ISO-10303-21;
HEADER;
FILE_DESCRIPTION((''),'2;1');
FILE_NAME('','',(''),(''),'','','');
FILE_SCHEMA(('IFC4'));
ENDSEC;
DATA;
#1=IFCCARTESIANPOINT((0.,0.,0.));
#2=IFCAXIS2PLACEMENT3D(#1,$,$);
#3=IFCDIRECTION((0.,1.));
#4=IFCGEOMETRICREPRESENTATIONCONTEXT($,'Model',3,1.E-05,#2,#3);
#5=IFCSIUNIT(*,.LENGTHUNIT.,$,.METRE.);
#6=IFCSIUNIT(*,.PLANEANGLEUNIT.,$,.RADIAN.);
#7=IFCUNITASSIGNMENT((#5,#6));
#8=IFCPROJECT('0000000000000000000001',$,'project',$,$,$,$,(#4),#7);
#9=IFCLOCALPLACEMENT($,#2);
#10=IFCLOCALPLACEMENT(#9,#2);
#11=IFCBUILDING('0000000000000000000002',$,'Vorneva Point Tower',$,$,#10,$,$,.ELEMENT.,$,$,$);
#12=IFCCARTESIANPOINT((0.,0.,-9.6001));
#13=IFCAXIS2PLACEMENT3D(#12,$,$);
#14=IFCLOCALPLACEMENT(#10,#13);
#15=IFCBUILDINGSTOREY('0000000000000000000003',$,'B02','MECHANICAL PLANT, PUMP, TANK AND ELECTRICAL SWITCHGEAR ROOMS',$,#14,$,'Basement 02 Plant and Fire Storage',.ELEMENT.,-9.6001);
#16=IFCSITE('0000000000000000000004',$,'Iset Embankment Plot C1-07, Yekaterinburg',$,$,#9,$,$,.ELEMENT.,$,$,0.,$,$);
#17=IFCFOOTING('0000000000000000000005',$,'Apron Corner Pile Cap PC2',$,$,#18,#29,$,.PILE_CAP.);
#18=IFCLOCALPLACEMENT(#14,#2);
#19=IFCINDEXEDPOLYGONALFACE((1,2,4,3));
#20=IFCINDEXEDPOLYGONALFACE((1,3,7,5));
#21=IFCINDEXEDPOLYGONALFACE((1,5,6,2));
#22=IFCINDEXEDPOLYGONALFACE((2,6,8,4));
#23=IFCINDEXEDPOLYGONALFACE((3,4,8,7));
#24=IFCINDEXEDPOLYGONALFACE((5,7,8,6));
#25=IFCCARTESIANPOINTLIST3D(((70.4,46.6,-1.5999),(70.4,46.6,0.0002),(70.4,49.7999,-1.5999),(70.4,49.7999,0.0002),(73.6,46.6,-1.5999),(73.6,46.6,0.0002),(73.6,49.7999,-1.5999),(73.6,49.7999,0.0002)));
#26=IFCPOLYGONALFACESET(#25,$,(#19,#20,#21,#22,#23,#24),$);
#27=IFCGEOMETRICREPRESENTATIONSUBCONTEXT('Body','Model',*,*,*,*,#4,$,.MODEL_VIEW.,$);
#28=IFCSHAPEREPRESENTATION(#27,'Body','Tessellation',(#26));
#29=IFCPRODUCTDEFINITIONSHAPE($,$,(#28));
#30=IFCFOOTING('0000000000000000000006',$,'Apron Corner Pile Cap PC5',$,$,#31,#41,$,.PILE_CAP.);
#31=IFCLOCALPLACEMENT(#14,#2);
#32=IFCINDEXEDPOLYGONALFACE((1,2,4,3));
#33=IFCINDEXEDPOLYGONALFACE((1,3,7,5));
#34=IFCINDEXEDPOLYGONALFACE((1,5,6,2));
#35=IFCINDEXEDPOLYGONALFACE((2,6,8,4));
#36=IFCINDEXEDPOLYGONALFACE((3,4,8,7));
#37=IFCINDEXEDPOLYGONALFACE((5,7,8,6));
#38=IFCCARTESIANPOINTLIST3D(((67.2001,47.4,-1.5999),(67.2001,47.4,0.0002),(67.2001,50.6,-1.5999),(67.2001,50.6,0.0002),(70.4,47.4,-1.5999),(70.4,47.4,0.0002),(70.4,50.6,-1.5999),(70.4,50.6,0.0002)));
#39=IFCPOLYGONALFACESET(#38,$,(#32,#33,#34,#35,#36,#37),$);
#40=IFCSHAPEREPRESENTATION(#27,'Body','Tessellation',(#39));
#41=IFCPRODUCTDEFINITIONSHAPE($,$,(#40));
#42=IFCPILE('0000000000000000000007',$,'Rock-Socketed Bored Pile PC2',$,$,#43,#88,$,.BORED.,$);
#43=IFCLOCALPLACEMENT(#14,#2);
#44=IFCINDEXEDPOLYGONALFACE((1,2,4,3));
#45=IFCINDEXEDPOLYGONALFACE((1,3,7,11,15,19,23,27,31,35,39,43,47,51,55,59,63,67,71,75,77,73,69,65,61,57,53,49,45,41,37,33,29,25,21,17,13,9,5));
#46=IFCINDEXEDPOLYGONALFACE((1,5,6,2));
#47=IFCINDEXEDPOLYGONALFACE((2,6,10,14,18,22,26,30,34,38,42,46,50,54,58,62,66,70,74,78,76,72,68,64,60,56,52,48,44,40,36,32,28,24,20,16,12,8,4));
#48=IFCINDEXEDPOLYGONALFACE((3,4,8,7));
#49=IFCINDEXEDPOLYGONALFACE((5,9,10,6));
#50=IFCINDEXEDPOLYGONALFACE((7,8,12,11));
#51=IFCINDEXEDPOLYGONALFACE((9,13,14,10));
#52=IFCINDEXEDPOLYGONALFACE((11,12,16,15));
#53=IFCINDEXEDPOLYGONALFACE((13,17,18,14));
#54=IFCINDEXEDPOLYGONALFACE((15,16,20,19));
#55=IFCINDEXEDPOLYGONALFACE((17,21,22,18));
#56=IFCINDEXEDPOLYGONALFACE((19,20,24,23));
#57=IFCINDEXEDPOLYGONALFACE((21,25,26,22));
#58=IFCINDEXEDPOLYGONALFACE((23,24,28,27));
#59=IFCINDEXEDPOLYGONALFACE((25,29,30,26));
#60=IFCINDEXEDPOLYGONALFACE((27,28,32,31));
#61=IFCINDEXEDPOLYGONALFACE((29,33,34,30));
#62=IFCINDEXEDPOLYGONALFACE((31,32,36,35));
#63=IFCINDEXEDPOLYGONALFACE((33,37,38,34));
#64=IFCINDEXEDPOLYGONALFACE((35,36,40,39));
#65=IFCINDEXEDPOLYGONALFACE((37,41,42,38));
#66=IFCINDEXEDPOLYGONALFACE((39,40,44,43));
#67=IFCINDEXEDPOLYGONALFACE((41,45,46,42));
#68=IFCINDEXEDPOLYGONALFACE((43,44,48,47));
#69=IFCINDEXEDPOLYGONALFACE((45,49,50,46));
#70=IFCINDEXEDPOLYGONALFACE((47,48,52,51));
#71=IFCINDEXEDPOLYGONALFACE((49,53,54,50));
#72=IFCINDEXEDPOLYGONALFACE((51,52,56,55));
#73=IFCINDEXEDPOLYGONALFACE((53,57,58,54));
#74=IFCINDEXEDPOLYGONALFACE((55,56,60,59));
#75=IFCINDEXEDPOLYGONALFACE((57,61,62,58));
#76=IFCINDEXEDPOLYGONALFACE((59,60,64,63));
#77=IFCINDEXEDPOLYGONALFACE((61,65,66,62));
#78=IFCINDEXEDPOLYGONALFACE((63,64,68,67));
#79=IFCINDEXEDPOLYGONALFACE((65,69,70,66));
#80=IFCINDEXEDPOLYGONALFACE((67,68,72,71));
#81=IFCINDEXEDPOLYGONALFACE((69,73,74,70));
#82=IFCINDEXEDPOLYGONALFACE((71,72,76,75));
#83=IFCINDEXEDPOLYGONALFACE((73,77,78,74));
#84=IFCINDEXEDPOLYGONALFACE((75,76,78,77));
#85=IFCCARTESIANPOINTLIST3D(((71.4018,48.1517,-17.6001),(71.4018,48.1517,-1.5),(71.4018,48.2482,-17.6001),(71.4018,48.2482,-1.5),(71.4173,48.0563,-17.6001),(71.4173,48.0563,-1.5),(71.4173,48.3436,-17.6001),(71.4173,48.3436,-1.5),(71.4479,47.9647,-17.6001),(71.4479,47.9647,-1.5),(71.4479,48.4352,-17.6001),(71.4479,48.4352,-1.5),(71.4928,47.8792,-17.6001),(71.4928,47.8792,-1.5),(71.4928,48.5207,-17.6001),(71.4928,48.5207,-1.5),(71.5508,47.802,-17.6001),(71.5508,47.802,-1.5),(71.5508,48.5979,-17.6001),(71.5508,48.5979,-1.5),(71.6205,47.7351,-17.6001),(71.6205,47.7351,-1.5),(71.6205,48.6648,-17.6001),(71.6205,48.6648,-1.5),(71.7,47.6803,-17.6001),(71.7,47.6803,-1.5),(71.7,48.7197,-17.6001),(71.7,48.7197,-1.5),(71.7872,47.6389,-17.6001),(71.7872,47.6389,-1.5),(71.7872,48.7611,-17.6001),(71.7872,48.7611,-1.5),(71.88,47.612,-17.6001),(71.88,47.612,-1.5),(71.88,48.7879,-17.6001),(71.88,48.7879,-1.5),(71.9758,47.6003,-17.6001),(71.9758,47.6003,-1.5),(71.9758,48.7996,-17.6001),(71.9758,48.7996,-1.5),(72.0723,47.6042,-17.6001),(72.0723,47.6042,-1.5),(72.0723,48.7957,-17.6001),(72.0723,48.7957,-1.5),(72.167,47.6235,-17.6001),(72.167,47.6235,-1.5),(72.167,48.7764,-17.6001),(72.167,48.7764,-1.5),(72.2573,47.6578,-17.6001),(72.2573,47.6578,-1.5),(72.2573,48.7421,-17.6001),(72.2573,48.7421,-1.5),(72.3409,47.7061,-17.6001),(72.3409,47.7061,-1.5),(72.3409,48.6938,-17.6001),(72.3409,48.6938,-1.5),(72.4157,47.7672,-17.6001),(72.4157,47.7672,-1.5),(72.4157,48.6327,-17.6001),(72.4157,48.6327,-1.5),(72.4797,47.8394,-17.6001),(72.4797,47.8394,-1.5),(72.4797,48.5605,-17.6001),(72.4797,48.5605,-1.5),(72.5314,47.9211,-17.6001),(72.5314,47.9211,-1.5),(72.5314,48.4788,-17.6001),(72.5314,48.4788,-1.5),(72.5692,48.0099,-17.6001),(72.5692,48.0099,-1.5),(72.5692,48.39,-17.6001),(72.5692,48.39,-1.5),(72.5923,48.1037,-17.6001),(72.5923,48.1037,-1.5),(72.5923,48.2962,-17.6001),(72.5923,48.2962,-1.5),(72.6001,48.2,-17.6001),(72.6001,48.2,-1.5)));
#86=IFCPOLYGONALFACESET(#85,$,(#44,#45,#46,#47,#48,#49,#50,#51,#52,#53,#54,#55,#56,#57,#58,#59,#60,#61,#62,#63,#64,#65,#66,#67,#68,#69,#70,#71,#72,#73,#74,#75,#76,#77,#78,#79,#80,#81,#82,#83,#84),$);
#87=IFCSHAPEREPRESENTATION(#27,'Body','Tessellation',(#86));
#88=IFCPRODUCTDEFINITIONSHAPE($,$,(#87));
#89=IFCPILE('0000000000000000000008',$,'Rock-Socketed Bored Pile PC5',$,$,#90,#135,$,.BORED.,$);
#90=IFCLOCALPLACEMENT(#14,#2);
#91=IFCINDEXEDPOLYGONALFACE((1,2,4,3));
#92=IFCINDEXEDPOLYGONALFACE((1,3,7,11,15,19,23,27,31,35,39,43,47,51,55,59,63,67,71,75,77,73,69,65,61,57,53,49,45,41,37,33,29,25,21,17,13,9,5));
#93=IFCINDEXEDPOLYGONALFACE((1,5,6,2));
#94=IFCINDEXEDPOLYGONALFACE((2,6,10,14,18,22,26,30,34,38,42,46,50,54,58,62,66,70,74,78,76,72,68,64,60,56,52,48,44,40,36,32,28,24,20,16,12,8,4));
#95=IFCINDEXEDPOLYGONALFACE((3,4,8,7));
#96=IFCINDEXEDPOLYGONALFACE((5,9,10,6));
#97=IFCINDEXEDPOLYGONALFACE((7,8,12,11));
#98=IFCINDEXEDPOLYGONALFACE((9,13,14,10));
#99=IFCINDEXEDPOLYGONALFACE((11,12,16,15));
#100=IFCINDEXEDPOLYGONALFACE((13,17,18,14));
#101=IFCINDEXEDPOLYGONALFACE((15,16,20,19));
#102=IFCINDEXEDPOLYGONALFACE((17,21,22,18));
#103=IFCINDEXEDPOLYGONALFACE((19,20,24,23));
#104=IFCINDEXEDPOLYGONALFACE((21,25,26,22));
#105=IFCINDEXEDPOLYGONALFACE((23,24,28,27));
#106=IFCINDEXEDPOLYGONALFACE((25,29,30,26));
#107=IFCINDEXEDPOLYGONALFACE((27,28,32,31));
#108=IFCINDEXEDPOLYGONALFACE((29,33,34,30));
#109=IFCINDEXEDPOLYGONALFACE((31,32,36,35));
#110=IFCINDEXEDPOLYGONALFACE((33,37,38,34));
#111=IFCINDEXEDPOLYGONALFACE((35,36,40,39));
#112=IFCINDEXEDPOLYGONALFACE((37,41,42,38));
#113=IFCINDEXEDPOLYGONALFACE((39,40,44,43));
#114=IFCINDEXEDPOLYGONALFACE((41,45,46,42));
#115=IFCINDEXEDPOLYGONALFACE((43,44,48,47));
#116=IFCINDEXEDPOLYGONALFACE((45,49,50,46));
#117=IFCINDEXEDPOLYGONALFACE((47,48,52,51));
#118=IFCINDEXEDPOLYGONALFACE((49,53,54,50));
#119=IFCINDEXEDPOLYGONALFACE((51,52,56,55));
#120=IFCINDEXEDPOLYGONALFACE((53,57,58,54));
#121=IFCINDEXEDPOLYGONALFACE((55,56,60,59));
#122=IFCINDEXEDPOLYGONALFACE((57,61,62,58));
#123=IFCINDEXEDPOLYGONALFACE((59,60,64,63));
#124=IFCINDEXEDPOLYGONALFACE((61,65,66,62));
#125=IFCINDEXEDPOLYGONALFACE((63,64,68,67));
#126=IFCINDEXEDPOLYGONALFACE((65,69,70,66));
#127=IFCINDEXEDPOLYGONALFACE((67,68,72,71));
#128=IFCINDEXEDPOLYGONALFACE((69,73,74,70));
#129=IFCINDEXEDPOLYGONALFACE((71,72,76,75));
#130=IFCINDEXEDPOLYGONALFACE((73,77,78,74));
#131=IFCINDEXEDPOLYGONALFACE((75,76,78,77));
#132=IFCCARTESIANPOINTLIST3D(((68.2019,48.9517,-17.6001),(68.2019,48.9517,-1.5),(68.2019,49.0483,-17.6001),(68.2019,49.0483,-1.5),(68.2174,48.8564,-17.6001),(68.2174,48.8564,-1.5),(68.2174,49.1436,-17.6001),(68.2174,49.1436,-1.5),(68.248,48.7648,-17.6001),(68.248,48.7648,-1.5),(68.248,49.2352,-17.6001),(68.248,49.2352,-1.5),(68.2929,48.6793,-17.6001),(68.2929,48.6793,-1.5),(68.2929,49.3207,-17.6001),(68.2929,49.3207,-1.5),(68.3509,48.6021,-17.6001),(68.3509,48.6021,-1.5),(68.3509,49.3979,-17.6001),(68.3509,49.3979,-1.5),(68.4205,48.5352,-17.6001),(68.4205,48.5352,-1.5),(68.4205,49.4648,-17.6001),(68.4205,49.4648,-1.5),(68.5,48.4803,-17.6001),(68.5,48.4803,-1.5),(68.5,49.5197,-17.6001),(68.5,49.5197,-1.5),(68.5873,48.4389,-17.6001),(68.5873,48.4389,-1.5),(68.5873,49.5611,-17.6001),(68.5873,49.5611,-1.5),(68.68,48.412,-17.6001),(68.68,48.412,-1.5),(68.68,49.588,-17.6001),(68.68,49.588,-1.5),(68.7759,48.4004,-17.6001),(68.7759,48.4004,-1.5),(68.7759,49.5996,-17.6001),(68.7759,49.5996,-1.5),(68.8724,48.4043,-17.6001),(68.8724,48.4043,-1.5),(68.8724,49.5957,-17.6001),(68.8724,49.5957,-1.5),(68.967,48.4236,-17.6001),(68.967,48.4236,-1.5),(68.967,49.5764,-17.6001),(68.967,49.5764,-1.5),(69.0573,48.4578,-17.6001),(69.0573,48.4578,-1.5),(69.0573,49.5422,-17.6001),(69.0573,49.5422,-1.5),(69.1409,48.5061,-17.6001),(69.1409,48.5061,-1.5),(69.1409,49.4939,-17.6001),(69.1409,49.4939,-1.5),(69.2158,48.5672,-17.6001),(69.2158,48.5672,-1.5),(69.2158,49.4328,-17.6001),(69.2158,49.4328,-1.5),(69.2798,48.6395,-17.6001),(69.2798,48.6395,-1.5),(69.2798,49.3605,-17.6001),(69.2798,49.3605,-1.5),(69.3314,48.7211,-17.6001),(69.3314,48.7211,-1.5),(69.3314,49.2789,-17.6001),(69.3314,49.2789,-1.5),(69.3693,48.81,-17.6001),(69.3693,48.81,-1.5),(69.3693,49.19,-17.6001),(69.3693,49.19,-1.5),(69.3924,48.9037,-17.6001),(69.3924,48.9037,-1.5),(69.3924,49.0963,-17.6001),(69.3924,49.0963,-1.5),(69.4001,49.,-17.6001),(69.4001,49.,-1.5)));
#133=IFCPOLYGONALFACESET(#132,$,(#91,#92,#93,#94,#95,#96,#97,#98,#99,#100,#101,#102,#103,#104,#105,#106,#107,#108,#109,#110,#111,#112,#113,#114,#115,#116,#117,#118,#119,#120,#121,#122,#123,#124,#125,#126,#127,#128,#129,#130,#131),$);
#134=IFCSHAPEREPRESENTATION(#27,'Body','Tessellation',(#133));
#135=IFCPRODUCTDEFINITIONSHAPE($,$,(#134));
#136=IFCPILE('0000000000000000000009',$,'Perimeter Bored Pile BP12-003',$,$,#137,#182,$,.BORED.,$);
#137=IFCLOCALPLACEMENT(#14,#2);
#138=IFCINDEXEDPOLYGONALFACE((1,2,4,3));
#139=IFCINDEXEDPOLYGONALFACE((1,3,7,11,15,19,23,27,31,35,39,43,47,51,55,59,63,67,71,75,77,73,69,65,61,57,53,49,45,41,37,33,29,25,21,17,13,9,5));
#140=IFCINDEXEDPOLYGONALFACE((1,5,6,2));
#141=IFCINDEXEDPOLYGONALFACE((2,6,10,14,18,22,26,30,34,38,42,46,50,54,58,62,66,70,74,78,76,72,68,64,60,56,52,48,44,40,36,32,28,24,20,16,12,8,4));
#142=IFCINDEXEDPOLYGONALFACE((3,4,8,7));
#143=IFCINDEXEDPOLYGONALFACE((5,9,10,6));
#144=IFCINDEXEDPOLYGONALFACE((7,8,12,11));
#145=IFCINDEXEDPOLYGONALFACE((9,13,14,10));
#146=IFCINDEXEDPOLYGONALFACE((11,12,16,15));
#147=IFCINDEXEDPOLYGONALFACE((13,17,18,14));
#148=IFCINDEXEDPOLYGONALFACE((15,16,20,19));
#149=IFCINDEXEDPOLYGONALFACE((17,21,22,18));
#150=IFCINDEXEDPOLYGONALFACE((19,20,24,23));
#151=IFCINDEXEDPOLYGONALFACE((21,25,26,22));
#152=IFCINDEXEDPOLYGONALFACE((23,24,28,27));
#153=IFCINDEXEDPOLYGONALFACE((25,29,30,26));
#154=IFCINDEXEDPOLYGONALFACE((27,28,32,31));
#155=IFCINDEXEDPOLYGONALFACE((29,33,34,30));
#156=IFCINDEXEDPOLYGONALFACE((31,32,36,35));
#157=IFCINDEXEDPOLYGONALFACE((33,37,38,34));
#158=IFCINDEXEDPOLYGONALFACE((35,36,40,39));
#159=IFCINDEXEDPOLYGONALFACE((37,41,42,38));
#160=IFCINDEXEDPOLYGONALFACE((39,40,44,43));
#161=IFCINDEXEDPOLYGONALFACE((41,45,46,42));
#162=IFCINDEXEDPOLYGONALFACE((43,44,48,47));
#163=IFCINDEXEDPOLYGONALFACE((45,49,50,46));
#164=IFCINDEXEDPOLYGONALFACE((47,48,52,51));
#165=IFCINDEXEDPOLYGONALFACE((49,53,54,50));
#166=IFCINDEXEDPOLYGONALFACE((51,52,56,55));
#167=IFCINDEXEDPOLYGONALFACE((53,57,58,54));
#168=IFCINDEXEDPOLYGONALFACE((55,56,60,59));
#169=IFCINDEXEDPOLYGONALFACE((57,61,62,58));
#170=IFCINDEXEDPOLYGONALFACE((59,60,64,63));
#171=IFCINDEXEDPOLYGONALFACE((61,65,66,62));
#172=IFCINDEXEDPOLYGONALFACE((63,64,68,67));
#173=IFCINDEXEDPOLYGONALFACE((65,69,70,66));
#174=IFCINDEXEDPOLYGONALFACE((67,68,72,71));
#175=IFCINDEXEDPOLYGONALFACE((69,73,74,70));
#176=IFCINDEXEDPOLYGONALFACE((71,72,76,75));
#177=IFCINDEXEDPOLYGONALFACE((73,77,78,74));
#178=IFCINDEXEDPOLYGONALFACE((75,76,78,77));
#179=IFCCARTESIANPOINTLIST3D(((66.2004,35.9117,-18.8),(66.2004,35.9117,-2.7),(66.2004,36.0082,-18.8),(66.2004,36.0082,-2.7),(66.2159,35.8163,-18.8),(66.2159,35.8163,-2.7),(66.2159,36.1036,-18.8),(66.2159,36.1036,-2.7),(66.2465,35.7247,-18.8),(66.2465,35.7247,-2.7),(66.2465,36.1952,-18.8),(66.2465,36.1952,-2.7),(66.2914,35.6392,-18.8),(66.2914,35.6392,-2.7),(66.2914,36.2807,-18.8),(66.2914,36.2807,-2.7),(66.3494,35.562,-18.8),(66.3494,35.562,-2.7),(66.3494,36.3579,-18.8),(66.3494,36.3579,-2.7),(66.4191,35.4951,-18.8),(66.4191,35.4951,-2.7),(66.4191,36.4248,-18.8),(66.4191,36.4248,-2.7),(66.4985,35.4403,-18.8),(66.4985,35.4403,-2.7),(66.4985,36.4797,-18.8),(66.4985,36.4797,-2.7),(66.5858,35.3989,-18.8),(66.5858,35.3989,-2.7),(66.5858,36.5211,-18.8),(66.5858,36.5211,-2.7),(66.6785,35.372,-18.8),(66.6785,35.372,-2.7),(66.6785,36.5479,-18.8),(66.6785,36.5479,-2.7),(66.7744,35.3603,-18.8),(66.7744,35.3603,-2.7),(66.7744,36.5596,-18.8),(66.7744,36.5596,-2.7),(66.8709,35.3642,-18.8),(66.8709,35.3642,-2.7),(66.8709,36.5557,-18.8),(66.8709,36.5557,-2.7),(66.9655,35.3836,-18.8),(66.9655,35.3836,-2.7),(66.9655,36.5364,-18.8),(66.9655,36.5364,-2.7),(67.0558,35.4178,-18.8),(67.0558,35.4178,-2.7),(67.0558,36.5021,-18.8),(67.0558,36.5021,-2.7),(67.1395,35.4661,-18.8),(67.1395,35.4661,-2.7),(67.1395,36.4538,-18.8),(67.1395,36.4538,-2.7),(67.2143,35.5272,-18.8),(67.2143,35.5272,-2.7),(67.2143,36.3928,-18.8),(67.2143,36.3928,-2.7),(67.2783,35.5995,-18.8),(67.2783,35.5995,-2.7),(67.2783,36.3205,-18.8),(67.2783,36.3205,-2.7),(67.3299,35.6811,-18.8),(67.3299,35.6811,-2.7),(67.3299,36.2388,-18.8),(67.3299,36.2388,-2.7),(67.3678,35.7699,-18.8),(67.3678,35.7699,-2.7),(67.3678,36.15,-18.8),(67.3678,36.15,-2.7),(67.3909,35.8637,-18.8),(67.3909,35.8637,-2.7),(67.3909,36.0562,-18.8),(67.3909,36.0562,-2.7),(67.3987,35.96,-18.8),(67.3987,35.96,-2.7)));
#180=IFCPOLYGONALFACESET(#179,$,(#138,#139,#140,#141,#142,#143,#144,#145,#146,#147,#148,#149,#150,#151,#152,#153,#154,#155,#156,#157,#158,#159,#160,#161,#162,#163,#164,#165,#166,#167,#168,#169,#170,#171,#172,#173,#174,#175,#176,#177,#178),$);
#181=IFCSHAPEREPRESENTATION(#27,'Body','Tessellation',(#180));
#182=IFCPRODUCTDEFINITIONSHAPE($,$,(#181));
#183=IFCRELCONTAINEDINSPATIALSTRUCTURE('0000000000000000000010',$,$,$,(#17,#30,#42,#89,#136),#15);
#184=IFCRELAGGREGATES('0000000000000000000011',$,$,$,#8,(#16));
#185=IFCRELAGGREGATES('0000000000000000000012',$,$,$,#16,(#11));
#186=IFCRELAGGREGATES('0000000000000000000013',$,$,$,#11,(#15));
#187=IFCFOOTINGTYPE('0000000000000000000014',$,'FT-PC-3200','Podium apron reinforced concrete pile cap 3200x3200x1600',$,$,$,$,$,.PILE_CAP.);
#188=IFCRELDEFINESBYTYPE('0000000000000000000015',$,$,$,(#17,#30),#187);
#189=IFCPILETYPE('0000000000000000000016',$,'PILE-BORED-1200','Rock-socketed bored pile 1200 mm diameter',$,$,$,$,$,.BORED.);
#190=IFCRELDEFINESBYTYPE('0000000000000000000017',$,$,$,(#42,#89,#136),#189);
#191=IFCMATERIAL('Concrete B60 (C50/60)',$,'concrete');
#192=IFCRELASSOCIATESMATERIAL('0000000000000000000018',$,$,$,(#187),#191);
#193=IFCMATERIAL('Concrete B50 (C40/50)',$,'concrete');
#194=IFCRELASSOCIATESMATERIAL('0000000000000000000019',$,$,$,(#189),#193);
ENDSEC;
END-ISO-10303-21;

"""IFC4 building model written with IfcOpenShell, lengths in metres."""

from ifc_helpers import new_model, si_unit, direction, frame, origin, origin_2d, place, context, subcontext, project, spatial, rectangle, circle, extrude, material, material_profile, profile_set, type_object, element, save


model = new_model("IFC4")

# Units and contexts
model_context = context("Model", 3, precision=1e-05, world=origin(), true_north=direction((0.0, 1.0)))
body_context = subcontext(model_context, "Body", "Model", "MODEL_VIEW")
ifc_project = project(units=[si_unit("LENGTHUNIT", "METRE"), si_unit("PLANEANGLEUNIT", "RADIAN")], contexts=[model_context])

# Site, building, storey
site_placement = place(None, origin())
site = spatial("IfcSite", under=ifc_project, at=site_placement, Name="Iset Embankment Plot C1-07, Yekaterinburg", CompositionType="ELEMENT", RefElevation=0.0)
building_placement = place(site_placement, origin())
building = spatial("IfcBuilding", under=site, at=building_placement, Name="Vorneva Point Tower", CompositionType="ELEMENT")
storey_placement = place(building_placement, frame((0.0, 0.0, -9.6001)))
storey = spatial("IfcBuildingStorey", under=building, at=storey_placement, Name="B02", Description="MECHANICAL PLANT, PUMP, TANK AND ELECTRICAL SWITCHGEAR ROOMS", LongName="Basement 02 Plant and Fire Storage", CompositionType="ELEMENT", Elevation=-9.6001)

# Footings
ifc_material_1 = material(Name="Concrete B60 (C50/60)", Category="concrete")
footing_type = type_object("IfcFootingType", Name="FT-PC-3200", Description="Podium apron reinforced concrete pile cap 3200x3200x1600", PredefinedType="PILE_CAP", material=ifc_material_1)
for number, where, z_axis, x_axis, name in (
    (1, (72.0, 48.2, -1.5999), (0.0, 0.0, 1.0), (1.0, 0.0, 0.0), "Apron Corner Pile Cap PC2"),
    (2, (68.8, 49.0, -1.5999), (0.0, 0.0, 1.0), (1.0, 0.0, 0.0), "Apron Corner Pile Cap PC5"),
):
    element("IfcFooting", number, at=place(storey_placement, frame(where, z_axis=z_axis, x_axis=x_axis)), inside=storey, type_object=footing_type, Name=name, PredefinedType="PILE_CAP", context=body_context, shape_type="SweptSolid", body=[
        extrude(rectangle(XDim=3.2, YDim=3.2, at=origin_2d()), origin(), (0.0, 0.0, 1.0), 1.6001),
    ])

# Piles
ifc_material_2 = material(Name="Concrete B50 (C40/50)", Category="concrete")
ifc_material_profile_1 = material_profile(ifc_material_2, circle(Radius=0.6001, at=origin_2d()), Name="PILE-1200")
ifc_profile_set_1 = profile_set([ifc_material_profile_1], Name="Concrete B50 (C40/50)")
pile_type_1 = type_object("IfcPileType", Name="PILE-BORED-1200", Description="Rock-socketed bored pile 1200 mm diameter", PredefinedType="BORED", material=ifc_profile_set_1)
for number, where, z_axis, x_axis, name in (
    (3, (72.0, 48.2, -1.5), (0.0, 0.0, -1.0), (1.0, 0.0, 0.0), "Rock-Socketed Bored Pile PC2"),
    (4, (68.8, 49.0, -1.5), (0.0, 0.0, -1.0), (1.0, 0.0, 0.0), "Rock-Socketed Bored Pile PC5"),
    (5, (66.7986, 35.96, -2.7), (0.0, 0.0, -1.0), (1.0, 0.0, 0.0), "Perimeter Bored Pile BP12-003"),
):
    element("IfcPile", number, at=place(storey_placement, frame(where, z_axis=z_axis, x_axis=x_axis)), inside=storey, type_object=pile_type_1, Name=name, PredefinedType="BORED", context=body_context, shape_type="SweptSolid", body=[
        extrude(circle(Radius=0.6001, at=origin_2d()), origin(), (0.0, 0.0, 1.0), 16.1001),
    ])

save(model, "model.ifc")
